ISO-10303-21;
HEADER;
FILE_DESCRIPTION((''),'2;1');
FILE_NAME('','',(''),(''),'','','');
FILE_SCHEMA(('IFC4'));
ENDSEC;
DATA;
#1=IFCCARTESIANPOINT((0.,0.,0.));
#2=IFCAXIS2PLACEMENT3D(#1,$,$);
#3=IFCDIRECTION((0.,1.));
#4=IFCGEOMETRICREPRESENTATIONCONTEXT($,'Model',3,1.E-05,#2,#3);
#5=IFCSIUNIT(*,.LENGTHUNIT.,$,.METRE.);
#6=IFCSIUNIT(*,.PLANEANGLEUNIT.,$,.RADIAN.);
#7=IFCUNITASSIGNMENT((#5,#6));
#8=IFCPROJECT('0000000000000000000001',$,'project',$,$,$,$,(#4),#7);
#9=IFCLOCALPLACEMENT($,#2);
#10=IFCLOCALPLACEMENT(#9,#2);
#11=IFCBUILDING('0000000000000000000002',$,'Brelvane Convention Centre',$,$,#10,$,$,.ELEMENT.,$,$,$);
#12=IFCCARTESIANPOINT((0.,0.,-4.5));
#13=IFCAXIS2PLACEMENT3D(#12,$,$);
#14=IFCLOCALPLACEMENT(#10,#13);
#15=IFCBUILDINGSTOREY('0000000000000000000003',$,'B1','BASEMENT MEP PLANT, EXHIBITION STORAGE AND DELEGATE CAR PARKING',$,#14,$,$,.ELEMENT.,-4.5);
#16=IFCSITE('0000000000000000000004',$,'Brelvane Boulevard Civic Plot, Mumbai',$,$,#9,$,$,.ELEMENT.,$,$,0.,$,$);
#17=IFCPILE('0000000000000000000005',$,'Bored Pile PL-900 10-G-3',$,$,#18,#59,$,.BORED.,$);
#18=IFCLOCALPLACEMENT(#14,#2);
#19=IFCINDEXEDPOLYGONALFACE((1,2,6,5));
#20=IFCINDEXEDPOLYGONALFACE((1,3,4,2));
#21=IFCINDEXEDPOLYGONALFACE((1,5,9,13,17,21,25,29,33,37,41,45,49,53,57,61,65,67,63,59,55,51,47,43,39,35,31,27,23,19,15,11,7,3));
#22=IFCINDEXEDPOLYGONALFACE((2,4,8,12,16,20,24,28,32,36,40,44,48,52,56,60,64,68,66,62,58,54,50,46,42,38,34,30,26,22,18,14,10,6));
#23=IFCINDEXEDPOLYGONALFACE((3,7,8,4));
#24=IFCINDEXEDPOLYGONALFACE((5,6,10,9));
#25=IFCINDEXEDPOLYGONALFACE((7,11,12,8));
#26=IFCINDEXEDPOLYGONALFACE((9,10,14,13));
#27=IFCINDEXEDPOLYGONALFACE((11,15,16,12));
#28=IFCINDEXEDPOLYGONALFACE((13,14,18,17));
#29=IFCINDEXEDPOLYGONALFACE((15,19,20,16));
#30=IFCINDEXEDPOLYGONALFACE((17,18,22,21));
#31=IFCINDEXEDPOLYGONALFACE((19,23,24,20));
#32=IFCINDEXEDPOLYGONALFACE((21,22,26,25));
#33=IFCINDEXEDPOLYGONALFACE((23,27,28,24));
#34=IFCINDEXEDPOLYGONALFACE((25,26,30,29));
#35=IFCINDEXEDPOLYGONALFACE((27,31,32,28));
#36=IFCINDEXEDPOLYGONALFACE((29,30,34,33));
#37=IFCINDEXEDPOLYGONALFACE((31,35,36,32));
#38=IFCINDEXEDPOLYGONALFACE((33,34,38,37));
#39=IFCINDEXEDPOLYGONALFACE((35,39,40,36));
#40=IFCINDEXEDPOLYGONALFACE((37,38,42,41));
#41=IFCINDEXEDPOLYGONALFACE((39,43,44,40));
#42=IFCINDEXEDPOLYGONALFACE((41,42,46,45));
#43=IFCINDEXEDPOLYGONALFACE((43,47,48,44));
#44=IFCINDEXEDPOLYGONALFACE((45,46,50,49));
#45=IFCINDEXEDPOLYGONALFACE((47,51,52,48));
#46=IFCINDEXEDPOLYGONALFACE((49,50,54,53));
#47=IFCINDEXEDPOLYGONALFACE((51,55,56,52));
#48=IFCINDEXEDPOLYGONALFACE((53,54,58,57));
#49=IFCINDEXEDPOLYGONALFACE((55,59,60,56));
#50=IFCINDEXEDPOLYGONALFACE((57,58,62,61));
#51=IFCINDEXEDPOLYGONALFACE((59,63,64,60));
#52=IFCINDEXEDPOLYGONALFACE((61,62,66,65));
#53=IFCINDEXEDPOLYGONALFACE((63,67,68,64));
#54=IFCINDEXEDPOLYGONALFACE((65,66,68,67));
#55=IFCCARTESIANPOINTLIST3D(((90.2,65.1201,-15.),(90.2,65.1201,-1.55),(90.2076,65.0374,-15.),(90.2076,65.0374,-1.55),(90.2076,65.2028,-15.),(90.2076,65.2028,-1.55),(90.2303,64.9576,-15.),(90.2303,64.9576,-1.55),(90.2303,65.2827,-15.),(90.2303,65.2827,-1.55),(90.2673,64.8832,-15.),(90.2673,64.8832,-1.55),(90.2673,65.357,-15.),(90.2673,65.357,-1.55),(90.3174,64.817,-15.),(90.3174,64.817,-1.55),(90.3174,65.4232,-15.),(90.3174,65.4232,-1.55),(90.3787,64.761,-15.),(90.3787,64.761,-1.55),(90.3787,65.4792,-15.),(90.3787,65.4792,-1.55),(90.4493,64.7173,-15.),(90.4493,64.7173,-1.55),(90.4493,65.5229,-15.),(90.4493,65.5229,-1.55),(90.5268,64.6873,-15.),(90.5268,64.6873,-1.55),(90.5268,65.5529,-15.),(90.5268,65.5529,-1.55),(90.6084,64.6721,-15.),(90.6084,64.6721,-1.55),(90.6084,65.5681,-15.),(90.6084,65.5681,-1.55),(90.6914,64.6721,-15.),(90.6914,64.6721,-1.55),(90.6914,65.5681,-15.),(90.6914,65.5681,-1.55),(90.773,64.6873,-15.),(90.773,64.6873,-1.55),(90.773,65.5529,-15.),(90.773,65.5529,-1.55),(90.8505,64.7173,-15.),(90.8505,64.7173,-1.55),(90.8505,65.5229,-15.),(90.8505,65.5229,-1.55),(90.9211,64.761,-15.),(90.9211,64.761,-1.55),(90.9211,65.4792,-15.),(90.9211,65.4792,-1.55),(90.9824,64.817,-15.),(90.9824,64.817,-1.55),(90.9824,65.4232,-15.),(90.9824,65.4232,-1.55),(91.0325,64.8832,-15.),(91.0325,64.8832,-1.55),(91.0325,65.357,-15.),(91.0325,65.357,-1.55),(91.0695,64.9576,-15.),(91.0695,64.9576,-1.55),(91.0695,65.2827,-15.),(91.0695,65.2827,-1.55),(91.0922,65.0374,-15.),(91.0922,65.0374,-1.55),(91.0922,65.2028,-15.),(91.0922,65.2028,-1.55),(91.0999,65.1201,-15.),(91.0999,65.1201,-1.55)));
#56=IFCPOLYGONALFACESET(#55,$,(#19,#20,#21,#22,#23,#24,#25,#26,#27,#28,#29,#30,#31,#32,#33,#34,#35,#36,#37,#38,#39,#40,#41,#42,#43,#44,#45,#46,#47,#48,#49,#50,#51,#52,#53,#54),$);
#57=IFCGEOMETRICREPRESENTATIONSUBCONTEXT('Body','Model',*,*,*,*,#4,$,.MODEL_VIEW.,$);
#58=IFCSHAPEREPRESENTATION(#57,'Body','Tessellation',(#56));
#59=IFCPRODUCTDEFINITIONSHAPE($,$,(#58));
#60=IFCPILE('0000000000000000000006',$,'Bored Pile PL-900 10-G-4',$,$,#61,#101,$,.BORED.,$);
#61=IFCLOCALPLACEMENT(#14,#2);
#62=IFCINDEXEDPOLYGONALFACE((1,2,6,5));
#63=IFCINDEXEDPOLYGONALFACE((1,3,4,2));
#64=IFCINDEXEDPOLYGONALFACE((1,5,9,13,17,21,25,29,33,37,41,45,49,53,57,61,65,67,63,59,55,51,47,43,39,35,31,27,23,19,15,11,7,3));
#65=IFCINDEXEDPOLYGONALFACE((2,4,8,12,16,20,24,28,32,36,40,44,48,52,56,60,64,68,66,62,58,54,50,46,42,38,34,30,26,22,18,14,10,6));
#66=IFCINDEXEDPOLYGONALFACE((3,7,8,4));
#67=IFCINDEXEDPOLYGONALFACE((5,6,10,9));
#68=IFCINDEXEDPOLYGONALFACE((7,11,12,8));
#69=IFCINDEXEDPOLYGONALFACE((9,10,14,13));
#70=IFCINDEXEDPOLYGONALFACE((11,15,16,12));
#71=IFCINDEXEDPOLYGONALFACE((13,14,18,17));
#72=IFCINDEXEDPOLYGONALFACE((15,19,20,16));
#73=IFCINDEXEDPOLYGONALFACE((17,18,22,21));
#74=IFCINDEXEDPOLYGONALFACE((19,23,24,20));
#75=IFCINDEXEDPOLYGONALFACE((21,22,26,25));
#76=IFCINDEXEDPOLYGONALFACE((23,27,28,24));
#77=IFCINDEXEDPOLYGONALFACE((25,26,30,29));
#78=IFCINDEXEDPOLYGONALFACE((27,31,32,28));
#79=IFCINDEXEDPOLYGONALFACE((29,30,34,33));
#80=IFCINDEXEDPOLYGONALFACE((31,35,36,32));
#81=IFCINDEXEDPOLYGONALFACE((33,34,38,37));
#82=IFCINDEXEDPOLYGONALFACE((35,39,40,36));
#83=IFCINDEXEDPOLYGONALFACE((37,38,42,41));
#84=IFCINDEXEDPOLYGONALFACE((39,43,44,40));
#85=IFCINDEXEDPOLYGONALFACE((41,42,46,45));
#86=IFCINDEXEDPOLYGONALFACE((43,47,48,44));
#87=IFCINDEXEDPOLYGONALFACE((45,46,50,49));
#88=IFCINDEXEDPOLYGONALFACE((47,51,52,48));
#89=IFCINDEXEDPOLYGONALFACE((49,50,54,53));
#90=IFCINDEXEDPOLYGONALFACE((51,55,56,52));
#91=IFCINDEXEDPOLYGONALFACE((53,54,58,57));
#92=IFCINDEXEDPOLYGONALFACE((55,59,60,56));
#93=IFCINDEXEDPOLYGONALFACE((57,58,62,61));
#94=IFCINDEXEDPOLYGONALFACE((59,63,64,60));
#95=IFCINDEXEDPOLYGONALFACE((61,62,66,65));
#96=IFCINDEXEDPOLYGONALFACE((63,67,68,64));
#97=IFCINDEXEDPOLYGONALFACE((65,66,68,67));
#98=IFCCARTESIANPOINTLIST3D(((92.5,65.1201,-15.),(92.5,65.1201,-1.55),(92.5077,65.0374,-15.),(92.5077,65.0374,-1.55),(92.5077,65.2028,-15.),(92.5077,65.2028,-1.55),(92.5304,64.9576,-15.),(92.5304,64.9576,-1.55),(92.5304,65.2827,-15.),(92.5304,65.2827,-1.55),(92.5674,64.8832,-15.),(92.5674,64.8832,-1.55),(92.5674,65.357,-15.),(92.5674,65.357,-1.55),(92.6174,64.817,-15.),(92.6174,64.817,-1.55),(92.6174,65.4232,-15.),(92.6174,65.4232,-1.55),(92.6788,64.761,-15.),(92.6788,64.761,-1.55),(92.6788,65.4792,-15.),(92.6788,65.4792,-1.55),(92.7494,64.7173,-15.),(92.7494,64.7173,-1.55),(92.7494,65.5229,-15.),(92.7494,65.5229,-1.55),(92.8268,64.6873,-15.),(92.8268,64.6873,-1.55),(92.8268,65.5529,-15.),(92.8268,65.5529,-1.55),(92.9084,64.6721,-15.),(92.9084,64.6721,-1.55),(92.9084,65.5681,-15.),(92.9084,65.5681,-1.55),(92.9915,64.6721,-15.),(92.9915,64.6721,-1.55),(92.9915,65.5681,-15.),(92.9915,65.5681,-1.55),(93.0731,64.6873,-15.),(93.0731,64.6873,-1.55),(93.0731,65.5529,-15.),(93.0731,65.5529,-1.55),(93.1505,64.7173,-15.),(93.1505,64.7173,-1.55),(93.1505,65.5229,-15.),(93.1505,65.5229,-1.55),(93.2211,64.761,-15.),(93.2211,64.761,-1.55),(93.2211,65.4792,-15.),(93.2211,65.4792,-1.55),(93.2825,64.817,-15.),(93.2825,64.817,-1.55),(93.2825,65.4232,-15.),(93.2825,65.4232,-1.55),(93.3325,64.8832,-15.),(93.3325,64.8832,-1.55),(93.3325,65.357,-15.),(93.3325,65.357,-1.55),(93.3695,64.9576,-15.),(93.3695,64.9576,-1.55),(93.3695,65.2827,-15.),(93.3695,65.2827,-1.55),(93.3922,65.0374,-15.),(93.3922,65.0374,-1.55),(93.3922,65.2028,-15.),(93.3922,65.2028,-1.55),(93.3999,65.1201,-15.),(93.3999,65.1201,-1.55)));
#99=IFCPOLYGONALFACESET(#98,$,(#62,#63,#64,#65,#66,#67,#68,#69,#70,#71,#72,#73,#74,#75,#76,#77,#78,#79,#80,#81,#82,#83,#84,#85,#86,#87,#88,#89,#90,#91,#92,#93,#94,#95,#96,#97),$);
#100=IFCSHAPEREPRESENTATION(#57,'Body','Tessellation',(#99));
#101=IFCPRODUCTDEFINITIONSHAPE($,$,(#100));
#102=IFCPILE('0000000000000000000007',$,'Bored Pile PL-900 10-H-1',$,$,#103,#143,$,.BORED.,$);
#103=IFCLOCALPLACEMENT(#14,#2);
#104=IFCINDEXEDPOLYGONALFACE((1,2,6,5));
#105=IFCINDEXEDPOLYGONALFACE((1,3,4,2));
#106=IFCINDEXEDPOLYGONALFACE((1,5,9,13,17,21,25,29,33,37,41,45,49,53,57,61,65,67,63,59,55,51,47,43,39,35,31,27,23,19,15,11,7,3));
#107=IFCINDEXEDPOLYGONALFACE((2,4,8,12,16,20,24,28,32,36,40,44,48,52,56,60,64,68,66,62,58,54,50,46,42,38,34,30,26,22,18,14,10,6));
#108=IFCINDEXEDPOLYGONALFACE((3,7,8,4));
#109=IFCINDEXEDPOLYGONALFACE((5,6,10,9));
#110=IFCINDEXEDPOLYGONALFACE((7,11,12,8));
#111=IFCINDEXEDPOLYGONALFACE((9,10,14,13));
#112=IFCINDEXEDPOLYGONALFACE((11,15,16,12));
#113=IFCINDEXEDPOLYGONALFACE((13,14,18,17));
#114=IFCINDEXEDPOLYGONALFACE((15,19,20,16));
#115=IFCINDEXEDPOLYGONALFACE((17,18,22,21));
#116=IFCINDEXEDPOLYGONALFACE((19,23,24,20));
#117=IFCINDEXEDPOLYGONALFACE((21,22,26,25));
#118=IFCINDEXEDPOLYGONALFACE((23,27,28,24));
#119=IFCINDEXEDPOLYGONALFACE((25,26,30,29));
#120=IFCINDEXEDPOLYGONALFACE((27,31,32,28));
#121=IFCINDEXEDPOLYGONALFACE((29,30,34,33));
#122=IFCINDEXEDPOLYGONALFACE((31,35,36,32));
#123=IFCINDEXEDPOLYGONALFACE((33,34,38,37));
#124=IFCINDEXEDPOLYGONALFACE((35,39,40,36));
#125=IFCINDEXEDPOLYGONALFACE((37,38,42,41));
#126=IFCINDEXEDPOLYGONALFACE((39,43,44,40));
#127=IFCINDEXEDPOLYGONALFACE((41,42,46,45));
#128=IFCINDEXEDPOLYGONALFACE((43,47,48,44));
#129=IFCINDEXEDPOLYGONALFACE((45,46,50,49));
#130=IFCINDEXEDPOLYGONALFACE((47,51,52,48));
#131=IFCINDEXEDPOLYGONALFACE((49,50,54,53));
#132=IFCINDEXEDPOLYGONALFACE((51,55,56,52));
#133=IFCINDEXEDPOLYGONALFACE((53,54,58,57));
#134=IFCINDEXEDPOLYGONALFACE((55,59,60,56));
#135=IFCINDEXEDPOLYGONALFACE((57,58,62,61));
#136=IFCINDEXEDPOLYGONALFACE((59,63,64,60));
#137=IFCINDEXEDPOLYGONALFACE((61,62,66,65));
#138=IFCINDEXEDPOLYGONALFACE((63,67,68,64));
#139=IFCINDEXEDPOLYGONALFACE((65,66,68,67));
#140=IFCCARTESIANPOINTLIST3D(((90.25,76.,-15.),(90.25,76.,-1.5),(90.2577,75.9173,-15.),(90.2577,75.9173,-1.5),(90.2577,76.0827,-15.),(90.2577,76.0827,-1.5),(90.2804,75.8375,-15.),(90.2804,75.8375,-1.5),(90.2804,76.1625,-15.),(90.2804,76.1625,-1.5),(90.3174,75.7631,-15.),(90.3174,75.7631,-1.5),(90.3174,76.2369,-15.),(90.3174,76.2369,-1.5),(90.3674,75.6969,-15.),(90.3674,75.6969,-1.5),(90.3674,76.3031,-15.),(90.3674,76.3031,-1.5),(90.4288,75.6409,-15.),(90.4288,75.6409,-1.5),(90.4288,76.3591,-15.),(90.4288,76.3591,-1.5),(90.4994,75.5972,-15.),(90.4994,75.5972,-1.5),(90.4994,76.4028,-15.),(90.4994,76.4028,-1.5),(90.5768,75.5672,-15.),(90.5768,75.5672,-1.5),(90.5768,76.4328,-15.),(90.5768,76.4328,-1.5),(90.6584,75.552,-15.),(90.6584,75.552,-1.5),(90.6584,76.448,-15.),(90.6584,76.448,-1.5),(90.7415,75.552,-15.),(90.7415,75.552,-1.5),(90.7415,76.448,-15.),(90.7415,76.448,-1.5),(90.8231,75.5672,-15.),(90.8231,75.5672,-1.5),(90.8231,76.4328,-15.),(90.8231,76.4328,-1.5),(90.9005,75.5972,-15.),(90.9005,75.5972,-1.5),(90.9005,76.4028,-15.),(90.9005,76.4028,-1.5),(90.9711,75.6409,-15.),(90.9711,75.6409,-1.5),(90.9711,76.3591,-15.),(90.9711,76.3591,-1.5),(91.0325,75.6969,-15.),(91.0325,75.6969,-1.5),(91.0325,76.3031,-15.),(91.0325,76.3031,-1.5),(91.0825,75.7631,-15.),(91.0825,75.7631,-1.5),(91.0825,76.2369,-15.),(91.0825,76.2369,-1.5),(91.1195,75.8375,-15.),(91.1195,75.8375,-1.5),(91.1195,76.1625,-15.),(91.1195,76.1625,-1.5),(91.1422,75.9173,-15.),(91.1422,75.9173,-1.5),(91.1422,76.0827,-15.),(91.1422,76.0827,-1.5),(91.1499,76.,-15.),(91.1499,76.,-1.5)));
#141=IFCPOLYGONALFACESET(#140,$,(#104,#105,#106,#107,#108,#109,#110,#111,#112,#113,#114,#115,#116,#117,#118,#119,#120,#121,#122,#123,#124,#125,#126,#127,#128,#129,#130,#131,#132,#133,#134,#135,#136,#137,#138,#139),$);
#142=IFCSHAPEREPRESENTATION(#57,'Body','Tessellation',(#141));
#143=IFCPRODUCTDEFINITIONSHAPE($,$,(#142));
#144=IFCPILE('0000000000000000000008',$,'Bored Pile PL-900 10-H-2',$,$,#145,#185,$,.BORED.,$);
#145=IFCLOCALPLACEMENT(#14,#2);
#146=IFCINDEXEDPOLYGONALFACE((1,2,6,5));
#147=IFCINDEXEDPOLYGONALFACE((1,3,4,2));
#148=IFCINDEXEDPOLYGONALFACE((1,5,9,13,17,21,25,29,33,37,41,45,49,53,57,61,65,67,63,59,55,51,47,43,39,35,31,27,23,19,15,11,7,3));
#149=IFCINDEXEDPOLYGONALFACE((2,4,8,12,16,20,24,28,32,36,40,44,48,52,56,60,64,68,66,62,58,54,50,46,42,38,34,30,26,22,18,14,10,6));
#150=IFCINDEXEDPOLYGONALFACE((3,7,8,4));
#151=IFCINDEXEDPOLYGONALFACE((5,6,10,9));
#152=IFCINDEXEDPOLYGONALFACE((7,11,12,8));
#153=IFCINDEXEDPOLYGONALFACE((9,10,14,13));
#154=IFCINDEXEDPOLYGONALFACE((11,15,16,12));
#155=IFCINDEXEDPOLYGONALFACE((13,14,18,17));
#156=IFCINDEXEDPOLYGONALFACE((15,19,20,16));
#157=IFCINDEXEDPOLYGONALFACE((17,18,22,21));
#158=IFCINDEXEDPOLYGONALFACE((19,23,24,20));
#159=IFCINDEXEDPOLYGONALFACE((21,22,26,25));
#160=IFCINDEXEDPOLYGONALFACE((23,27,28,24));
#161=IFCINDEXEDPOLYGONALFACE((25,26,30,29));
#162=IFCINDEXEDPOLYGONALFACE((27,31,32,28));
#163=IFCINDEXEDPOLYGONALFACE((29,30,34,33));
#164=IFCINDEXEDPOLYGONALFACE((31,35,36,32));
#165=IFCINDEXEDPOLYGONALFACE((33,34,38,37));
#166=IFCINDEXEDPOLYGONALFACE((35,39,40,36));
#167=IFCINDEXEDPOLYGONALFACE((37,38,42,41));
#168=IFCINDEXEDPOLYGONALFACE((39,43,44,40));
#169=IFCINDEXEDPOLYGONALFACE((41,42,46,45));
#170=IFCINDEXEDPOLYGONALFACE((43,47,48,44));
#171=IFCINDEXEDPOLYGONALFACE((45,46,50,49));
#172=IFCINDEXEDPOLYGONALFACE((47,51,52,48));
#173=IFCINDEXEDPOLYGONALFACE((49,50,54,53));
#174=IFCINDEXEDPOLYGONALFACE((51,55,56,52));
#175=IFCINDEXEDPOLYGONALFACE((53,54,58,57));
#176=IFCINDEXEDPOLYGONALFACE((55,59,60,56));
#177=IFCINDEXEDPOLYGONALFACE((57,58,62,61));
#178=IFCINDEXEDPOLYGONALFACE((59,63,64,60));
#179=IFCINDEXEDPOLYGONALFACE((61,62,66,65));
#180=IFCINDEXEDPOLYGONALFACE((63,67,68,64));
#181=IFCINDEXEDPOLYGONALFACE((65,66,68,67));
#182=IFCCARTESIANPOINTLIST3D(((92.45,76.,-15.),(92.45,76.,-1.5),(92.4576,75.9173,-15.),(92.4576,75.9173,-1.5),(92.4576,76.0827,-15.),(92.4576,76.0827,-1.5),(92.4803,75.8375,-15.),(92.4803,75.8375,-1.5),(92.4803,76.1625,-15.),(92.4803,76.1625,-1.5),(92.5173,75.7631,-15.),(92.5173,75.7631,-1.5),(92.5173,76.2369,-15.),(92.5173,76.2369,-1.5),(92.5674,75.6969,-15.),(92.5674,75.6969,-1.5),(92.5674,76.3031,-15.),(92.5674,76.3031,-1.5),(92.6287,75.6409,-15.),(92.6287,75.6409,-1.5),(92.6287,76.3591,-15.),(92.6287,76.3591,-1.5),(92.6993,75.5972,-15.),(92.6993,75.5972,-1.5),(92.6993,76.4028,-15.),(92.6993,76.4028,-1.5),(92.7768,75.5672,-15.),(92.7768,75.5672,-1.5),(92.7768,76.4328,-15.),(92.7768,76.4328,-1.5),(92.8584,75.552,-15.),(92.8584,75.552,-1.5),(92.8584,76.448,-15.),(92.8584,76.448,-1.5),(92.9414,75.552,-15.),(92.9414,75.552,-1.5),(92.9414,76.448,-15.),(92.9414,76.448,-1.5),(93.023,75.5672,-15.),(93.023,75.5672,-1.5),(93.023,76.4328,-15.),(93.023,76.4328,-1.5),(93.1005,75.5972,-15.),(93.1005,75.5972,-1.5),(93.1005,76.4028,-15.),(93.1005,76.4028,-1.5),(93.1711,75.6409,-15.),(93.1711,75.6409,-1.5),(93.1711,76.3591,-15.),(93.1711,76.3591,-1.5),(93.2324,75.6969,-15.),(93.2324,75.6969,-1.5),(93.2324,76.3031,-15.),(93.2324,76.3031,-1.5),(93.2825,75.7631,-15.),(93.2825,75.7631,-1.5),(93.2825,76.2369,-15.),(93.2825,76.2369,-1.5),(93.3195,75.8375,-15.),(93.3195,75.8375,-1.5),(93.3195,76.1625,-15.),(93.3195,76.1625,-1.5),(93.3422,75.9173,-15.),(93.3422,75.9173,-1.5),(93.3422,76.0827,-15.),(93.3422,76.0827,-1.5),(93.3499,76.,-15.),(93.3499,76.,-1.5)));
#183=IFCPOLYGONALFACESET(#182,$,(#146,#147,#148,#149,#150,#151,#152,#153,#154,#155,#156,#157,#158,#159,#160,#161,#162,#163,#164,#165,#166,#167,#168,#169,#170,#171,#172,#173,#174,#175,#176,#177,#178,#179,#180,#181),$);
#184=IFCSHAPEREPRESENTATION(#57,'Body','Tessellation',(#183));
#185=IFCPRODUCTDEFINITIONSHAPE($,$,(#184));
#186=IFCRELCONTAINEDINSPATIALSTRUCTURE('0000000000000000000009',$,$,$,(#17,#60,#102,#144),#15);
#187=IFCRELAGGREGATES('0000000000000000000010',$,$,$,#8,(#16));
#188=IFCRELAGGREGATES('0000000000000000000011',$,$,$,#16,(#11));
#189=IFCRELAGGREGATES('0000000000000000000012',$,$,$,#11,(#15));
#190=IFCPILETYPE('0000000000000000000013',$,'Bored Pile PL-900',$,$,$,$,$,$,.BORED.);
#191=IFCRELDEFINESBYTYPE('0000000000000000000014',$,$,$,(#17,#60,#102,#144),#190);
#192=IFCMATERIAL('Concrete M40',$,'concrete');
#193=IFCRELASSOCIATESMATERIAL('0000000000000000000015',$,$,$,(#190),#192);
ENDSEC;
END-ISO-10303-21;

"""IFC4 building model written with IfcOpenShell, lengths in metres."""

from ifc_helpers import new_model, si_unit, direction, frame, origin, origin_2d, place, context, subcontext, project, spatial, circle, extrude, material, material_profile, profile_set, type_object, element, save


model = new_model("IFC4")

# Units and contexts
model_context = context("Model", 3, precision=1e-05, world=origin(), true_north=direction((0.0, 1.0)))
body_context = subcontext(model_context, "Body", "Model", "MODEL_VIEW")
ifc_project = project(units=[si_unit("LENGTHUNIT", "METRE"), si_unit("PLANEANGLEUNIT", "RADIAN")], contexts=[model_context])

# Site, building, storey
site_placement = place(None, origin())
site = spatial("IfcSite", under=ifc_project, at=site_placement, Name="Brelvane Boulevard Civic Plot, Mumbai", CompositionType="ELEMENT", RefElevation=0.0)
building_placement = place(site_placement, origin())
building = spatial("IfcBuilding", under=site, at=building_placement, Name="Brelvane Convention Centre", CompositionType="ELEMENT")
storey_placement = place(building_placement, frame((0.0, 0.0, -4.5)))
storey = spatial("IfcBuildingStorey", under=building, at=storey_placement, Name="B1", Description="BASEMENT MEP PLANT, EXHIBITION STORAGE AND DELEGATE CAR PARKING", CompositionType="ELEMENT", Elevation=-4.5)

# Piles
ifc_material_1 = material(Name="Concrete M40", Category="concrete")
ifc_material_profile_1 = material_profile(ifc_material_1, circle(Radius=0.45, at=origin_2d()), Name="PILE D900")
ifc_profile_set_1 = profile_set([ifc_material_profile_1], Name="Concrete M40")
pile_type = type_object("IfcPileType", Name="Bored Pile PL-900", PredefinedType="BORED", material=ifc_profile_set_1)
for number, where, z_axis, x_axis, name in (
    (1, (90.6499, 65.1201, -1.55), (0.0, 0.0, -1.0), (1.0, 0.0, 0.0), "Bored Pile PL-900 10-G-3"),
    (2, (92.95, 65.1201, -1.55), (0.0, 0.0, -1.0), (1.0, 0.0, 0.0), "Bored Pile PL-900 10-G-4"),
):
    element("IfcPile", number, at=place(storey_placement, frame(where, z_axis=z_axis, x_axis=x_axis)), inside=storey, type_object=pile_type, Name=name, PredefinedType="BORED", context=body_context, shape_type="SweptSolid", body=[
        extrude(circle(Radius=0.45, at=origin_2d()), origin(), (0.0, 0.0, 1.0), 13.45),
    ])
for number, where, z_axis, x_axis, name in (
    (3, (90.7, 76.0, -1.5), (0.0, 0.0, -1.0), (1.0, 0.0, 0.0), "Bored Pile PL-900 10-H-1"),
    (4, (92.8999, 76.0, -1.5), (0.0, 0.0, -1.0), (1.0, 0.0, 0.0), "Bored Pile PL-900 10-H-2"),
):
    element("IfcPile", number, at=place(storey_placement, frame(where, z_axis=z_axis, x_axis=x_axis)), inside=storey, type_object=pile_type, Name=name, PredefinedType="BORED", context=body_context, shape_type="SweptSolid", body=[
        extrude(circle(Radius=0.45, at=origin_2d()), origin(), (0.0, 0.0, 1.0), 13.5),
    ])

save(model, "model.ifc")
